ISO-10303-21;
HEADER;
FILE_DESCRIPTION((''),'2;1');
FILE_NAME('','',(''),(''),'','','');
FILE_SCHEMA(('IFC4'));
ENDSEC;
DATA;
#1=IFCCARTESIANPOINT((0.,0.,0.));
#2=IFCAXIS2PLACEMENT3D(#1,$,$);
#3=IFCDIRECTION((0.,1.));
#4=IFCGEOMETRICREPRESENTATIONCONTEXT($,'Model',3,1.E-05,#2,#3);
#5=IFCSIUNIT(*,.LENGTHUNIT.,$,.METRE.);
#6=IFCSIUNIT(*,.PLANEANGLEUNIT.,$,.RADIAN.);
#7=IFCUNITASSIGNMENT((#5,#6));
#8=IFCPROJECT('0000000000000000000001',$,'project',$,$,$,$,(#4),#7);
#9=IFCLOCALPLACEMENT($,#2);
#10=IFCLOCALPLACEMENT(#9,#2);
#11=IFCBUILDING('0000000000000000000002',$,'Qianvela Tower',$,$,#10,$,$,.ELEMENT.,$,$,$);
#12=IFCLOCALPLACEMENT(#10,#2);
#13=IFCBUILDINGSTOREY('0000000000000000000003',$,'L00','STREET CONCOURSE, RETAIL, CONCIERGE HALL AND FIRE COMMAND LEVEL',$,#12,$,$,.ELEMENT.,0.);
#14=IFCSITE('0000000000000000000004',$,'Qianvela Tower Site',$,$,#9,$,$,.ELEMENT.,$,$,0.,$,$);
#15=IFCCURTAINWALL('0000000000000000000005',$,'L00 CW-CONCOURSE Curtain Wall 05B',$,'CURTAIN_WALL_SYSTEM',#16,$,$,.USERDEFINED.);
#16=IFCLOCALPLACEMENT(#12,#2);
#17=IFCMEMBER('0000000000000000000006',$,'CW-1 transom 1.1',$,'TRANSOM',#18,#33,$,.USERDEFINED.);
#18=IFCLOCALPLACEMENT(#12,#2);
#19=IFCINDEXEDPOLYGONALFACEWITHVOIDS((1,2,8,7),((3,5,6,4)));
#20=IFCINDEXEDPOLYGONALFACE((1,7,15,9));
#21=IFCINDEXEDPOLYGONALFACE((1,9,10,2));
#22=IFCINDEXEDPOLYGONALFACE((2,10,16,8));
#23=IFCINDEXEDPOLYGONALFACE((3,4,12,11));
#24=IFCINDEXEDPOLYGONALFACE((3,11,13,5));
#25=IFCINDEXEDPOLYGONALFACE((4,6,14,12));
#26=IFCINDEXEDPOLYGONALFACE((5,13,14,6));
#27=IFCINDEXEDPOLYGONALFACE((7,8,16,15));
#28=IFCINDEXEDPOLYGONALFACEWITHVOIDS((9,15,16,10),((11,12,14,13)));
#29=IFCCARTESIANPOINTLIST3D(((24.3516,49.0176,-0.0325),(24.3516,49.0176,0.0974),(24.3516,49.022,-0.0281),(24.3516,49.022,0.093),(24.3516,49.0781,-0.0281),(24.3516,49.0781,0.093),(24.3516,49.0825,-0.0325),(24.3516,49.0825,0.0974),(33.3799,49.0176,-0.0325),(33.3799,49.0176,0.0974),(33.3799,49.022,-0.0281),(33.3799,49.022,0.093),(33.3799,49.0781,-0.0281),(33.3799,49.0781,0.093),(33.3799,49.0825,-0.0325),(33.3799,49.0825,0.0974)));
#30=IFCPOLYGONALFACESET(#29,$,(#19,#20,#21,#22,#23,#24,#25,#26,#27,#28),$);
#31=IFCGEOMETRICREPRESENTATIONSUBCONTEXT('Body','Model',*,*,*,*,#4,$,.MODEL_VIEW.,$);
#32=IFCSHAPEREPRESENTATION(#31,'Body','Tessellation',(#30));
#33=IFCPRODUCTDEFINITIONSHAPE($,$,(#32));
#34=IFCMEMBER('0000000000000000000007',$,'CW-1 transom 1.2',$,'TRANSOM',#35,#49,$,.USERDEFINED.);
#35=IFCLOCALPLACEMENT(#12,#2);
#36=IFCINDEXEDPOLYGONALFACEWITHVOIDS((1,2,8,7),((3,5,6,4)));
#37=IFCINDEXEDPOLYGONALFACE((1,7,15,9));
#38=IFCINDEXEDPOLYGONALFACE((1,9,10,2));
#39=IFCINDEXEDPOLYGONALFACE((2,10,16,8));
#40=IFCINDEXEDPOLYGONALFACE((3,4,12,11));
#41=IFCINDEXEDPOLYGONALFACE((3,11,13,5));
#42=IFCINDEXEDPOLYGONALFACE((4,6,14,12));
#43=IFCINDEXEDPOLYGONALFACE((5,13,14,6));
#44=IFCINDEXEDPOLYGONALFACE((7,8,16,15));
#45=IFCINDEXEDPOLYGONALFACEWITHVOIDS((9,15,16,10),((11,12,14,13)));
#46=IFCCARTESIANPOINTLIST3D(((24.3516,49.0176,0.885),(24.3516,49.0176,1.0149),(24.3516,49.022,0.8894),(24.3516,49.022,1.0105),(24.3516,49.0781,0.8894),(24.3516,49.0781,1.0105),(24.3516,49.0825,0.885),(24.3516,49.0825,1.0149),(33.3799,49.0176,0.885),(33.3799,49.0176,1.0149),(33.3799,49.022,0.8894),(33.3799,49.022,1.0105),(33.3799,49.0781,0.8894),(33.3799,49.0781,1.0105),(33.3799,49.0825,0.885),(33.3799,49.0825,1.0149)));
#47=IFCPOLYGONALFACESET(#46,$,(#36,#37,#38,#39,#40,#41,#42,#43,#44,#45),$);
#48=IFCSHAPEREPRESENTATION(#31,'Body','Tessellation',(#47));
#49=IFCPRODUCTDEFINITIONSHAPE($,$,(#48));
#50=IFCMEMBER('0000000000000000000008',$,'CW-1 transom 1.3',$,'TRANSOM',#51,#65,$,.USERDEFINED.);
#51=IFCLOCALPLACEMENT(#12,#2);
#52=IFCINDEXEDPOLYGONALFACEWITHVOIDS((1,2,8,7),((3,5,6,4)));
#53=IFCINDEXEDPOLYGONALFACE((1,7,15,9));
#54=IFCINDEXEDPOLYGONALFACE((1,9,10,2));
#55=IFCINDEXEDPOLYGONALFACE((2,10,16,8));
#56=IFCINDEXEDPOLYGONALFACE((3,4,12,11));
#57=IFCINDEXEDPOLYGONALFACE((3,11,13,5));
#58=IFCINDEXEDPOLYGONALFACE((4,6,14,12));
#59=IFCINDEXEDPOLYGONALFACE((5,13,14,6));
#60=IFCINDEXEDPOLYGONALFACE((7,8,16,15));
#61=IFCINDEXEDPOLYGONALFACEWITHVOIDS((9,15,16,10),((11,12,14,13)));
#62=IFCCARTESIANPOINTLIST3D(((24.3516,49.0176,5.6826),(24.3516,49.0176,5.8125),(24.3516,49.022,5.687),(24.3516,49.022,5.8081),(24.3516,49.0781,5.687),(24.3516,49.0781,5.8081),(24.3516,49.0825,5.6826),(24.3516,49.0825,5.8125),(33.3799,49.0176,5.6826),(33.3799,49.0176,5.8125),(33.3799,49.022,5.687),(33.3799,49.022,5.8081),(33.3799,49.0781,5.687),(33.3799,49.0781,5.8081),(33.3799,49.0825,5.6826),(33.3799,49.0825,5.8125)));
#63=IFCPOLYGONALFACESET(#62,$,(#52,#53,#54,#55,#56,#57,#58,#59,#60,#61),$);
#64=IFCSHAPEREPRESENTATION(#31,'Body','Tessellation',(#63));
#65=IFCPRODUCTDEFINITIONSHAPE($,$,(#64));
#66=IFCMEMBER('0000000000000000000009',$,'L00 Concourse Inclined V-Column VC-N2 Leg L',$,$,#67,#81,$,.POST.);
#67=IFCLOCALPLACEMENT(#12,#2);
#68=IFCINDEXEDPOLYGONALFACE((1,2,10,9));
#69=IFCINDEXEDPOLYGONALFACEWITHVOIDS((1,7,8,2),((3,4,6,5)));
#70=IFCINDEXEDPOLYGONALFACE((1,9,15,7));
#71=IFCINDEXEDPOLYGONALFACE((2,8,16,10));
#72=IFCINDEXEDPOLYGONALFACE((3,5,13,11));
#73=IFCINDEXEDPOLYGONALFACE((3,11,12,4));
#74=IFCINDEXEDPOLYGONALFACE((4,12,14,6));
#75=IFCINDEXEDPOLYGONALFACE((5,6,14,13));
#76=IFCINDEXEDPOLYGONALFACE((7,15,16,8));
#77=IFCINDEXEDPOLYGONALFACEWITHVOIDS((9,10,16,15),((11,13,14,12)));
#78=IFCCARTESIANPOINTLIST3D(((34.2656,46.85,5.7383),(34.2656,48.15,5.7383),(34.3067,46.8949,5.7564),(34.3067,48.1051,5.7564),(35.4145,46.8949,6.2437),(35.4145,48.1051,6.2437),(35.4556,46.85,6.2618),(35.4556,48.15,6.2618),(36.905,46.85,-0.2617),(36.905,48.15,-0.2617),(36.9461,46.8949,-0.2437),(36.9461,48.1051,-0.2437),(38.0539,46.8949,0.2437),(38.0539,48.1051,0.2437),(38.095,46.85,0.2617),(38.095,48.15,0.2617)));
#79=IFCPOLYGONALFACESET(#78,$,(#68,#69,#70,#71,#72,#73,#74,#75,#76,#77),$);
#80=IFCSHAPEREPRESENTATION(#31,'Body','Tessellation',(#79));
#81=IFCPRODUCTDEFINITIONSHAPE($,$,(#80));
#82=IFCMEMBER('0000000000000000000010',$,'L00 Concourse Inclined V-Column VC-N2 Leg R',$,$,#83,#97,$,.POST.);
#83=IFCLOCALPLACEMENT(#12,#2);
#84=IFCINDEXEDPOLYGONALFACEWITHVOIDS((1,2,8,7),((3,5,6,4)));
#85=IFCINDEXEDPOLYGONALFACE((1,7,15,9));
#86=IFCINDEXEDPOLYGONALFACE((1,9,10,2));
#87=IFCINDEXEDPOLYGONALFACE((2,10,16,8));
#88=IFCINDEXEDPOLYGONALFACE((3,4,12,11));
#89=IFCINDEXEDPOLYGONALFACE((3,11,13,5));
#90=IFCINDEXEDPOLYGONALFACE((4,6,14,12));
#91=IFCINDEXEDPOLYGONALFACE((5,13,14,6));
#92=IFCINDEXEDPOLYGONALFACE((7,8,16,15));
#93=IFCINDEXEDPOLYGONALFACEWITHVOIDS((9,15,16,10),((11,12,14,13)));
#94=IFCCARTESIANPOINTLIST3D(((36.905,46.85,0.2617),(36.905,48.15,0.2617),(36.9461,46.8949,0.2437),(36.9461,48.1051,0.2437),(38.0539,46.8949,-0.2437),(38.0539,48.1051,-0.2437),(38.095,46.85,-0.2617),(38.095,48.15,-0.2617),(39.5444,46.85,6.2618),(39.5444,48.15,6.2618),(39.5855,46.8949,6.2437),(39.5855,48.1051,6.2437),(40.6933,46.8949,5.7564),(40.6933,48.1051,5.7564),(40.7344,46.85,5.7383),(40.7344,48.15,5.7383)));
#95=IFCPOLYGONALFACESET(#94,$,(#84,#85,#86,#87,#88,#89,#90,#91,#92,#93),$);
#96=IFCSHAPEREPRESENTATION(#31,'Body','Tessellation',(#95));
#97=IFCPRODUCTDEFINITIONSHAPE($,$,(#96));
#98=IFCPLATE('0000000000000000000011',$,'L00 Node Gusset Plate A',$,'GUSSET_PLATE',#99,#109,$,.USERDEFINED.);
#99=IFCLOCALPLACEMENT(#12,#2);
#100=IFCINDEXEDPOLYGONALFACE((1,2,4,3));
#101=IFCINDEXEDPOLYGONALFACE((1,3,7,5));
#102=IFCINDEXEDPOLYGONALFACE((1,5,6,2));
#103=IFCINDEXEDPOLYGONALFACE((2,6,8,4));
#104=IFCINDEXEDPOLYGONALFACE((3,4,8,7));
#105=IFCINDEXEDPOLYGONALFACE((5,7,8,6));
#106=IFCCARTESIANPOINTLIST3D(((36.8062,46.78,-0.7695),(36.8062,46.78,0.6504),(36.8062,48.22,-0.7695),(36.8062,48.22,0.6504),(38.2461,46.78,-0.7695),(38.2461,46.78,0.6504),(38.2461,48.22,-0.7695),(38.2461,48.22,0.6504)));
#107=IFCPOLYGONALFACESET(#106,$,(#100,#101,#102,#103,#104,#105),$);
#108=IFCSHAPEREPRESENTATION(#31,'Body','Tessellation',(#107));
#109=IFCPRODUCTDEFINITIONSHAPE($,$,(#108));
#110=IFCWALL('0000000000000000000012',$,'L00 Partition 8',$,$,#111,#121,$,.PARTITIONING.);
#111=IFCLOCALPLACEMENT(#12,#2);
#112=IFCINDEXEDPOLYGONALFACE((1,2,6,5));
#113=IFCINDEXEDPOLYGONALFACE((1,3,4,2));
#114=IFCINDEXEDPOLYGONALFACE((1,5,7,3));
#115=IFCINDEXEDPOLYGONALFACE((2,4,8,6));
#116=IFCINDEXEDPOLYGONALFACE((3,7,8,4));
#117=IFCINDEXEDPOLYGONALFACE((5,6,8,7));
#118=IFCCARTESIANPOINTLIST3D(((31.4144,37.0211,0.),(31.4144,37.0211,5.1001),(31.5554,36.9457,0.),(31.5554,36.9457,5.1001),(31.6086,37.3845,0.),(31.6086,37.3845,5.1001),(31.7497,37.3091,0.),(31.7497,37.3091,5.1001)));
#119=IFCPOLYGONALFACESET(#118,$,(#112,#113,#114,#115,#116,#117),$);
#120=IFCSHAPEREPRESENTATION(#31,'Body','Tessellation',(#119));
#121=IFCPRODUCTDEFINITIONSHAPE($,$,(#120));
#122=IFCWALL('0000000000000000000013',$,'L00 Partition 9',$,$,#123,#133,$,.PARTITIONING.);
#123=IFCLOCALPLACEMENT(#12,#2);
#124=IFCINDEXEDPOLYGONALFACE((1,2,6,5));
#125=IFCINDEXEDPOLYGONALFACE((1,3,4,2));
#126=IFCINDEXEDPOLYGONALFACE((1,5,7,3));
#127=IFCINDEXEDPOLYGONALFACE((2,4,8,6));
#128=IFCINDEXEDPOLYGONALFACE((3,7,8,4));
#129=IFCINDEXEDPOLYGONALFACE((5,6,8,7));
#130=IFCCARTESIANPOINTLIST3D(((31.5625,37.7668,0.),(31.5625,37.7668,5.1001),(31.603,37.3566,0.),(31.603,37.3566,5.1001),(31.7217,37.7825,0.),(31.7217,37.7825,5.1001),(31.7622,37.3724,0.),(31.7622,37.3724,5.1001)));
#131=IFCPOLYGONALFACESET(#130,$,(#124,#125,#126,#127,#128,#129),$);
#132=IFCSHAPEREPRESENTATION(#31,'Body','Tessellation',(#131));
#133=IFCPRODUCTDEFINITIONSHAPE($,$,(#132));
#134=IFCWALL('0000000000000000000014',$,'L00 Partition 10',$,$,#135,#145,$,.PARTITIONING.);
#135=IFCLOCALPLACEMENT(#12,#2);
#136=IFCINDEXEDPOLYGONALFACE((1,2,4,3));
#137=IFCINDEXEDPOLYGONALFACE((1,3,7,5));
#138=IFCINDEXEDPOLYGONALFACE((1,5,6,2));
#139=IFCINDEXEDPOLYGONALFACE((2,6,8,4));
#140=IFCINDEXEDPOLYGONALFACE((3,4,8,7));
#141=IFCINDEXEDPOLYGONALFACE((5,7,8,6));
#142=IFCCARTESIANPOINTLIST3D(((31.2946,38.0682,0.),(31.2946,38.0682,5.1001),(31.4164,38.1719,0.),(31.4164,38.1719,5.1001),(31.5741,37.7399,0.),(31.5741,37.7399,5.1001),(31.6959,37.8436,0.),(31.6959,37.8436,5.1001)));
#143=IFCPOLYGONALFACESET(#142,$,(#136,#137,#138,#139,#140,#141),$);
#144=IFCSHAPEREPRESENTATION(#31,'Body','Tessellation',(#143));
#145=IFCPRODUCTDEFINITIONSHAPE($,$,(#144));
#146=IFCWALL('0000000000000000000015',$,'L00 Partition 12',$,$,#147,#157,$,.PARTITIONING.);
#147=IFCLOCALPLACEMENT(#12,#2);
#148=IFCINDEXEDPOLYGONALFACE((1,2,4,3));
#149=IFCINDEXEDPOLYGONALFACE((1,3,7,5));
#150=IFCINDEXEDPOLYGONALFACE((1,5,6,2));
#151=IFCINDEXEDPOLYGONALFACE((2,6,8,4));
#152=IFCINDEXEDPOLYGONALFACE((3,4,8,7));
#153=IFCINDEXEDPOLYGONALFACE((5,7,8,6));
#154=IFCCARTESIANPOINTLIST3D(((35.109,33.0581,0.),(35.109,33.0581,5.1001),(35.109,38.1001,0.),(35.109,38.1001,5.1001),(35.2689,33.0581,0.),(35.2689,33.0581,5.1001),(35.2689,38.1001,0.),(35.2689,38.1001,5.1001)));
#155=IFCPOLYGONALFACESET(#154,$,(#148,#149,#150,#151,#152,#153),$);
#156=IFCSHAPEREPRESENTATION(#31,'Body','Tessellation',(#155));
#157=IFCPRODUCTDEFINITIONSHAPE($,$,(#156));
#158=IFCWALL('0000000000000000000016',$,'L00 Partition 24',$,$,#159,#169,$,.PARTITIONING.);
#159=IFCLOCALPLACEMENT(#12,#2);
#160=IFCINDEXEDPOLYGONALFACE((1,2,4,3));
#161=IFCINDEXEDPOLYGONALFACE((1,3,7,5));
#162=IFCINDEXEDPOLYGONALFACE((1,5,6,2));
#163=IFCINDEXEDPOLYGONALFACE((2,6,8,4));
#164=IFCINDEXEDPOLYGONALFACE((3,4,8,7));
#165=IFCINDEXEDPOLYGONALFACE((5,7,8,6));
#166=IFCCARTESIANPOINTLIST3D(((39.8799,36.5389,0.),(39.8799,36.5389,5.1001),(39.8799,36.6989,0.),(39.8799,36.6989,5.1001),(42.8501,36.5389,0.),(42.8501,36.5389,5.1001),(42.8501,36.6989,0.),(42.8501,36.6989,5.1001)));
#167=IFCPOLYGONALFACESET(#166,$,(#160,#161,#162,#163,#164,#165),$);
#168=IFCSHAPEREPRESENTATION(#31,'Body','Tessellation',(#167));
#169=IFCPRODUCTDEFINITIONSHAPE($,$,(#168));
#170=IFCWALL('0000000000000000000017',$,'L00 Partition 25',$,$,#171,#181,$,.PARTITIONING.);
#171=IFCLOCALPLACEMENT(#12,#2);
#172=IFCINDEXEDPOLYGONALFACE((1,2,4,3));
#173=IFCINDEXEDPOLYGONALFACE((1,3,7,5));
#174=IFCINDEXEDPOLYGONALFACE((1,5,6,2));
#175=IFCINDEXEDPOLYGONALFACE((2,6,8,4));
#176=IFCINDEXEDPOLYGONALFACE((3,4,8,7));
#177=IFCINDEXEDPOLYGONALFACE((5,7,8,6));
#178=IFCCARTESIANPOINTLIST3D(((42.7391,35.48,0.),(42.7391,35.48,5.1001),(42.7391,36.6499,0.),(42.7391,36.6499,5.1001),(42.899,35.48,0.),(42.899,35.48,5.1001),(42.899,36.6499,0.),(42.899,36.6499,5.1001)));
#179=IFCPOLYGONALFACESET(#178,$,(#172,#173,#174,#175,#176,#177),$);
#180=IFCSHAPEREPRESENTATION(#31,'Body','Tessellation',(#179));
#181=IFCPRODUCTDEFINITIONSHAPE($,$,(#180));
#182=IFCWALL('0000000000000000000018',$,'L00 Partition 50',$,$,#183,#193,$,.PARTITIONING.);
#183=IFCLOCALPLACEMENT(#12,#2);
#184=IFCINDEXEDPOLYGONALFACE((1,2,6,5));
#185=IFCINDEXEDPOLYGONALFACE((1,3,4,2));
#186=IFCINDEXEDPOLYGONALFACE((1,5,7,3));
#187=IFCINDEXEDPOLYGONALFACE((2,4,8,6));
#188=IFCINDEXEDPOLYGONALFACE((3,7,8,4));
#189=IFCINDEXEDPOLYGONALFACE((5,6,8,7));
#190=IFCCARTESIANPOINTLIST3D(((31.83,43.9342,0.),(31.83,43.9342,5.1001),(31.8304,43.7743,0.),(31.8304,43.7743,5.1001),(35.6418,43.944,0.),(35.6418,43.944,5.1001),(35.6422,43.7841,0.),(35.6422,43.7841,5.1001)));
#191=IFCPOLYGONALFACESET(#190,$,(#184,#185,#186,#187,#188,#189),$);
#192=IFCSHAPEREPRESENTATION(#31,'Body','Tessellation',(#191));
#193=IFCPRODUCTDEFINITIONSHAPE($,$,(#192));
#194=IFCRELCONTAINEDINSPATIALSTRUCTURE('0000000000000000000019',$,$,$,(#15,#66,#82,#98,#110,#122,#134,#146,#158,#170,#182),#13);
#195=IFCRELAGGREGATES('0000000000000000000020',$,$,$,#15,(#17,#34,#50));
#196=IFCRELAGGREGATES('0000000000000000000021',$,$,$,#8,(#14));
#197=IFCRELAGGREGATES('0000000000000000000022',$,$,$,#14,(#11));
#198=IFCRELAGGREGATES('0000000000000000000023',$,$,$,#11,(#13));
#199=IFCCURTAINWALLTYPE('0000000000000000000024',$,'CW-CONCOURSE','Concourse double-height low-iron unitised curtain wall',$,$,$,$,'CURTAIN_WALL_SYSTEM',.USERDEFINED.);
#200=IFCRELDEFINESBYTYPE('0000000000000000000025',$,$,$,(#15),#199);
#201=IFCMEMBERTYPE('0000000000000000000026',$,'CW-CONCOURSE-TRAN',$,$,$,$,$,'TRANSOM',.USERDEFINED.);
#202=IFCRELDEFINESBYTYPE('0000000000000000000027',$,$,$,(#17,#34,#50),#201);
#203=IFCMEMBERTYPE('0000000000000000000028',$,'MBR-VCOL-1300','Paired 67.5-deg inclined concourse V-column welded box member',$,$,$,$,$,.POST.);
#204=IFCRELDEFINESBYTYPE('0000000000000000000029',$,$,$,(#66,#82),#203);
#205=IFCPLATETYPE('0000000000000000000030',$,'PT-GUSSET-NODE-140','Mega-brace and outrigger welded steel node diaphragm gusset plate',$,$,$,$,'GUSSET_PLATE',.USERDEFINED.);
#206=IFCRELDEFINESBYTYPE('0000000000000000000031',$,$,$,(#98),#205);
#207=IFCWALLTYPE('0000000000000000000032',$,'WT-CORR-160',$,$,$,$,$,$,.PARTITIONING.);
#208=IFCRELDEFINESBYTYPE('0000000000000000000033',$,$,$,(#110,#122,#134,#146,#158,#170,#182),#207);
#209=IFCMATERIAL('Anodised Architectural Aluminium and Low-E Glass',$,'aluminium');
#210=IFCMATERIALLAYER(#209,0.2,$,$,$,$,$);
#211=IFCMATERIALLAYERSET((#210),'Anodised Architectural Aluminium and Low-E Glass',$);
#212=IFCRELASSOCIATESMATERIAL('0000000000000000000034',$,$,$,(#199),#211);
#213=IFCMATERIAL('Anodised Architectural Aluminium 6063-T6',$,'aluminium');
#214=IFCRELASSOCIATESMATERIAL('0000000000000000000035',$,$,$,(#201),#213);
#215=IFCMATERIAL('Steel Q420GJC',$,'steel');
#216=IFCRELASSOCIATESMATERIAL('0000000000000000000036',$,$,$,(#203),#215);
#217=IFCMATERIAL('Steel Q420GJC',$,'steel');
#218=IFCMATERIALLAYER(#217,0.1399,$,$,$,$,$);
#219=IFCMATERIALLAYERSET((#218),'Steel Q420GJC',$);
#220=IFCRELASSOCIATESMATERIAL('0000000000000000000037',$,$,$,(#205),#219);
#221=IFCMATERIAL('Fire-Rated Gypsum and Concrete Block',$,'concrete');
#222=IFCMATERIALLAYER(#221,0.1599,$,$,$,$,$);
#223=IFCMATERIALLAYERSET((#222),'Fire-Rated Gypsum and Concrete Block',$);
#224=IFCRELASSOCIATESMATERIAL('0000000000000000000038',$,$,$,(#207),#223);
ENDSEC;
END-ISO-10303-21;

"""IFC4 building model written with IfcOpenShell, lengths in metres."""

from ifc_helpers import new_model, si_unit, direction, frame, frame_2d, origin, origin_2d, place, context, subcontext, project, spatial, rectangle, hollow_rectangle, extrude, material, layer, layer_set, material_profile, profile_set, type_object, element, aggregate, save


model = new_model("IFC4")

# Units and contexts
model_context = context("Model", 3, precision=1e-05, world=origin(), true_north=direction((0.0, 1.0)))
body_context = subcontext(model_context, "Body", "Model", "MODEL_VIEW")
ifc_project = project(units=[si_unit("LENGTHUNIT", "METRE"), si_unit("PLANEANGLEUNIT", "RADIAN")], contexts=[model_context])

# Site, building, storey
site_placement = place(None, origin())
site = spatial("IfcSite", under=ifc_project, at=site_placement, Name="Qianvela Tower Site", CompositionType="ELEMENT", RefElevation=0.0)
building_placement = place(site_placement, origin())
building = spatial("IfcBuilding", under=site, at=building_placement, Name="Qianvela Tower", CompositionType="ELEMENT")
storey_placement = place(building_placement, origin())
storey = spatial("IfcBuildingStorey", under=building, at=storey_placement, Name="L00", Description="STREET CONCOURSE, RETAIL, CONCIERGE HALL AND FIRE COMMAND LEVEL", CompositionType="ELEMENT", Elevation=0.0)

# Shared definitions
ifc_material_1 = material(Name="Anodised Architectural Aluminium and Low-E Glass", Category="aluminium")
ifc_layer_1 = layer(ifc_material_1, 0.2)
ifc_layer_set_1 = layer_set([ifc_layer_1], Name="Anodised Architectural Aluminium and Low-E Glass")
curtain_wall_type = type_object("IfcCurtainWallType", Name="CW-CONCOURSE", Description="Concourse double-height low-iron unitised curtain wall", ElementType="CURTAIN_WALL_SYSTEM", PredefinedType="USERDEFINED", material=ifc_layer_set_1)

# Curtain wall, members
curtain_wall_1_placement = place(storey_placement, origin())
curtain_wall_1 = element("IfcCurtainWall", 1, at=curtain_wall_1_placement, inside=storey, type_object=curtain_wall_type, Name="L00 CW-CONCOURSE Curtain Wall 05B", ObjectType="CURTAIN_WALL_SYSTEM", PredefinedType="USERDEFINED")
ifc_material_2 = material(Name="Anodised Architectural Aluminium 6063-T6", Category="aluminium")
ifc_material_profile_1 = material_profile(ifc_material_2, hollow_rectangle(XDim=0.0649, YDim=0.1299, WallThickness=0.0044, at=origin_2d()), Name="ALU-TRAN-65x130")
ifc_profile_set_1 = profile_set([ifc_material_profile_1], Name="Anodised Architectural Aluminium 6063-T6")
member_type_1 = type_object("IfcMemberType", Name="CW-CONCOURSE-TRAN", ElementType="TRANSOM", PredefinedType="USERDEFINED", material=ifc_profile_set_1)
member_1_placement = place(storey_placement, frame((33.3799, 49.05, 0.0325), z_axis=(-1.0, 0.0, 0.0), x_axis=(0.0, -1.0, 0.0)))
member_1 = element("IfcMember", 2, at=member_1_placement, type_object=member_type_1, Name="CW-1 transom 1.1", ObjectType="TRANSOM", PredefinedType="USERDEFINED", context=body_context, shape_type="SweptSolid", body=[
    extrude(hollow_rectangle(XDim=0.0649, YDim=0.1299, WallThickness=0.0044, at=origin_2d()), origin(), (0.0, 0.0, 1.0), 9.0283),
])
member_2_placement = place(storey_placement, frame((33.3799, 49.05, 0.95), z_axis=(-1.0, 0.0, 0.0), x_axis=(0.0, -1.0, 0.0)))
member_2 = element("IfcMember", 3, at=member_2_placement, type_object=member_type_1, Name="CW-1 transom 1.2", ObjectType="TRANSOM", PredefinedType="USERDEFINED", context=body_context, shape_type="SweptSolid", body=[
    extrude(hollow_rectangle(XDim=0.0649, YDim=0.1299, WallThickness=0.0044, at=origin_2d()), origin(), (0.0, 0.0, 1.0), 9.0283),
])
member_3_placement = place(storey_placement, frame((33.3799, 49.05, 5.7476), z_axis=(-1.0, 0.0, 0.0), x_axis=(0.0, -1.0, 0.0)))
member_3 = element("IfcMember", 4, at=member_3_placement, type_object=member_type_1, Name="CW-1 transom 1.3", ObjectType="TRANSOM", PredefinedType="USERDEFINED", context=body_context, shape_type="SweptSolid", body=[
    extrude(hollow_rectangle(XDim=0.0649, YDim=0.1299, WallThickness=0.0044, at=origin_2d()), origin(), (0.0, 0.0, 1.0), 9.0283),
])
aggregate(curtain_wall_1, [member_1, member_2, member_3])

# Members
ifc_material_3 = material(Name="Steel Q420GJC", Category="steel")
ifc_material_profile_2 = material_profile(ifc_material_3, hollow_rectangle(XDim=1.3, YDim=1.3, WallThickness=0.0449, at=origin_2d()), Name="VBOX-1300x1300x45")
ifc_profile_set_2 = profile_set([ifc_material_profile_2], Name="Steel Q420GJC")
member_type_2 = type_object("IfcMemberType", Name="MBR-VCOL-1300", Description="Paired 67.5-deg inclined concourse V-column welded box member", PredefinedType="POST", material=ifc_profile_set_2)
for number, where, z_axis, x_axis, name in (
    (5, (37.5, 47.5, 0.0), (-0.402662, 0.0, 0.915349), (0.0, -1.0, 0.0), "L00 Concourse Inclined V-Column VC-N2 Leg L"),
    (6, (37.5, 47.5, 0.0), (0.402662, 0.0, 0.915349), (0.0, 1.0, 0.0), "L00 Concourse Inclined V-Column VC-N2 Leg R"),
):
    element("IfcMember", number, at=place(storey_placement, frame(where, z_axis=z_axis, x_axis=x_axis)), inside=storey, type_object=member_type_2, Name=name, PredefinedType="POST", context=body_context, shape_type="SweptSolid", body=[
        extrude(hollow_rectangle(XDim=1.3, YDim=1.3, WallThickness=0.0449, at=origin_2d()), origin(), (0.0, 0.0, 1.0), 6.5549),
    ])

# Plate
ifc_material_4 = material(Name="Steel Q420GJC", Category="steel")
ifc_layer_2 = layer(ifc_material_4, 0.1399)
ifc_layer_set_2 = layer_set([ifc_layer_2], Name="Steel Q420GJC")
plate_type = type_object("IfcPlateType", Name="PT-GUSSET-NODE-140", Description="Mega-brace and outrigger welded steel node diaphragm gusset plate", ElementType="GUSSET_PLATE", PredefinedType="USERDEFINED", material=ifc_layer_set_2)
plate_placement = place(storey_placement, frame((37.5261, 47.5, -0.7695), z_axis=(0.0, 0.0, 1.0), x_axis=(1.0, 0.0, 0.0)))
element("IfcPlate", 7, at=plate_placement, inside=storey, type_object=plate_type, Name="L00 Node Gusset Plate A", ObjectType="GUSSET_PLATE", PredefinedType="USERDEFINED", context=body_context, shape_type="SweptSolid", body=[
    extrude(rectangle(XDim=1.4399, YDim=1.4399, at=origin_2d()), origin(), (0.0, 0.0, 1.0), 1.4199),
])

# Walls
ifc_material_5 = material(Name="Fire-Rated Gypsum and Concrete Block", Category="concrete")
ifc_layer_3 = layer(ifc_material_5, 0.1599)
ifc_layer_set_3 = layer_set([ifc_layer_3], Name="Fire-Rated Gypsum and Concrete Block")
wall_type_1 = type_object("IfcWallType", Name="WT-CORR-160", PredefinedType="PARTITIONING", material=ifc_layer_set_3)
for number, where, z_axis, x_axis, name in (
    (8, (31.4849, 36.9834, 0.0), (0.0, 0.0, 1.0), (0.471449, 0.881893, 0.0), "L00 Partition 8"),
    (9, (31.6826, 37.3645, 0.0), (0.0, 0.0, 1.0), (-0.098331, 0.995154, 0.0), "L00 Partition 9"),
):
    element("IfcWall", number, at=place(storey_placement, frame(where, z_axis=z_axis, x_axis=x_axis)), inside=storey, type_object=wall_type_1, Name=name, PredefinedType="PARTITIONING", context=body_context, shape_type="SweptSolid", body=[
        extrude(rectangle(XDim=0.4121, YDim=0.1599, at=frame_2d((0.2061, 0.0))), origin(), (0.0, 0.0, 1.0), 5.1001),
    ])
wall_1_placement = place(storey_placement, frame((31.635, 37.7917, 0.0), z_axis=(0.0, 0.0, 1.0), x_axis=(-0.648223, 0.76145, 0.0)))
element("IfcWall", 10, at=wall_1_placement, inside=storey, type_object=wall_type_1, Name="L00 Partition 10", PredefinedType="PARTITIONING", context=body_context, shape_type="SweptSolid", body=[
    extrude(rectangle(XDim=0.4312, YDim=0.1599, at=frame_2d((0.2156, 0.0))), origin(), (0.0, 0.0, 1.0), 5.1001),
])
wall_2_placement = place(storey_placement, frame((35.189, 38.1001, 0.0), z_axis=(0.0, 0.0, 1.0), x_axis=(0.0, -1.0, 0.0)))
element("IfcWall", 11, at=wall_2_placement, inside=storey, type_object=wall_type_1, Name="L00 Partition 12", PredefinedType="PARTITIONING", context=body_context, shape_type="SweptSolid", body=[
    extrude(rectangle(XDim=5.042, YDim=0.1599, at=frame_2d((2.521, 0.0))), origin(), (0.0, 0.0, 1.0), 5.1001),
])
wall_3_placement = place(storey_placement, frame((39.8799, 36.6189, 0.0), z_axis=(0.0, 0.0, 1.0), x_axis=(1.0, 0.0, 0.0)))
element("IfcWall", 12, at=wall_3_placement, inside=storey, type_object=wall_type_1, Name="L00 Partition 24", PredefinedType="PARTITIONING", context=body_context, shape_type="SweptSolid", body=[
    extrude(rectangle(XDim=2.9702, YDim=0.1599, at=frame_2d((1.4851, 0.0))), origin(), (0.0, 0.0, 1.0), 5.1001),
])
wall_4_placement = place(storey_placement, frame((42.8191, 36.6499, 0.0), z_axis=(0.0, 0.0, 1.0), x_axis=(0.0, -1.0, 0.0)))
element("IfcWall", 13, at=wall_4_placement, inside=storey, type_object=wall_type_1, Name="L00 Partition 25", PredefinedType="PARTITIONING", context=body_context, shape_type="SweptSolid", body=[
    extrude(rectangle(XDim=1.1699, YDim=0.1599, at=frame_2d((0.585, 0.0))), origin(), (0.0, 0.0, 1.0), 5.1001),
])
wall_5_placement = place(storey_placement, frame((31.8303, 43.8542, 0.0), z_axis=(0.0, 0.0, 1.0), x_axis=(0.999997, 0.002562, 0.0)))
element("IfcWall", 14, at=wall_5_placement, inside=storey, type_object=wall_type_1, Name="L00 Partition 50", PredefinedType="PARTITIONING", context=body_context, shape_type="SweptSolid", body=[
    extrude(rectangle(XDim=3.8118, YDim=0.1599, at=frame_2d((1.9058, 0.0))), origin(), (0.0, 0.0, 1.0), 5.1001),
])

save(model, "model.ifc")
